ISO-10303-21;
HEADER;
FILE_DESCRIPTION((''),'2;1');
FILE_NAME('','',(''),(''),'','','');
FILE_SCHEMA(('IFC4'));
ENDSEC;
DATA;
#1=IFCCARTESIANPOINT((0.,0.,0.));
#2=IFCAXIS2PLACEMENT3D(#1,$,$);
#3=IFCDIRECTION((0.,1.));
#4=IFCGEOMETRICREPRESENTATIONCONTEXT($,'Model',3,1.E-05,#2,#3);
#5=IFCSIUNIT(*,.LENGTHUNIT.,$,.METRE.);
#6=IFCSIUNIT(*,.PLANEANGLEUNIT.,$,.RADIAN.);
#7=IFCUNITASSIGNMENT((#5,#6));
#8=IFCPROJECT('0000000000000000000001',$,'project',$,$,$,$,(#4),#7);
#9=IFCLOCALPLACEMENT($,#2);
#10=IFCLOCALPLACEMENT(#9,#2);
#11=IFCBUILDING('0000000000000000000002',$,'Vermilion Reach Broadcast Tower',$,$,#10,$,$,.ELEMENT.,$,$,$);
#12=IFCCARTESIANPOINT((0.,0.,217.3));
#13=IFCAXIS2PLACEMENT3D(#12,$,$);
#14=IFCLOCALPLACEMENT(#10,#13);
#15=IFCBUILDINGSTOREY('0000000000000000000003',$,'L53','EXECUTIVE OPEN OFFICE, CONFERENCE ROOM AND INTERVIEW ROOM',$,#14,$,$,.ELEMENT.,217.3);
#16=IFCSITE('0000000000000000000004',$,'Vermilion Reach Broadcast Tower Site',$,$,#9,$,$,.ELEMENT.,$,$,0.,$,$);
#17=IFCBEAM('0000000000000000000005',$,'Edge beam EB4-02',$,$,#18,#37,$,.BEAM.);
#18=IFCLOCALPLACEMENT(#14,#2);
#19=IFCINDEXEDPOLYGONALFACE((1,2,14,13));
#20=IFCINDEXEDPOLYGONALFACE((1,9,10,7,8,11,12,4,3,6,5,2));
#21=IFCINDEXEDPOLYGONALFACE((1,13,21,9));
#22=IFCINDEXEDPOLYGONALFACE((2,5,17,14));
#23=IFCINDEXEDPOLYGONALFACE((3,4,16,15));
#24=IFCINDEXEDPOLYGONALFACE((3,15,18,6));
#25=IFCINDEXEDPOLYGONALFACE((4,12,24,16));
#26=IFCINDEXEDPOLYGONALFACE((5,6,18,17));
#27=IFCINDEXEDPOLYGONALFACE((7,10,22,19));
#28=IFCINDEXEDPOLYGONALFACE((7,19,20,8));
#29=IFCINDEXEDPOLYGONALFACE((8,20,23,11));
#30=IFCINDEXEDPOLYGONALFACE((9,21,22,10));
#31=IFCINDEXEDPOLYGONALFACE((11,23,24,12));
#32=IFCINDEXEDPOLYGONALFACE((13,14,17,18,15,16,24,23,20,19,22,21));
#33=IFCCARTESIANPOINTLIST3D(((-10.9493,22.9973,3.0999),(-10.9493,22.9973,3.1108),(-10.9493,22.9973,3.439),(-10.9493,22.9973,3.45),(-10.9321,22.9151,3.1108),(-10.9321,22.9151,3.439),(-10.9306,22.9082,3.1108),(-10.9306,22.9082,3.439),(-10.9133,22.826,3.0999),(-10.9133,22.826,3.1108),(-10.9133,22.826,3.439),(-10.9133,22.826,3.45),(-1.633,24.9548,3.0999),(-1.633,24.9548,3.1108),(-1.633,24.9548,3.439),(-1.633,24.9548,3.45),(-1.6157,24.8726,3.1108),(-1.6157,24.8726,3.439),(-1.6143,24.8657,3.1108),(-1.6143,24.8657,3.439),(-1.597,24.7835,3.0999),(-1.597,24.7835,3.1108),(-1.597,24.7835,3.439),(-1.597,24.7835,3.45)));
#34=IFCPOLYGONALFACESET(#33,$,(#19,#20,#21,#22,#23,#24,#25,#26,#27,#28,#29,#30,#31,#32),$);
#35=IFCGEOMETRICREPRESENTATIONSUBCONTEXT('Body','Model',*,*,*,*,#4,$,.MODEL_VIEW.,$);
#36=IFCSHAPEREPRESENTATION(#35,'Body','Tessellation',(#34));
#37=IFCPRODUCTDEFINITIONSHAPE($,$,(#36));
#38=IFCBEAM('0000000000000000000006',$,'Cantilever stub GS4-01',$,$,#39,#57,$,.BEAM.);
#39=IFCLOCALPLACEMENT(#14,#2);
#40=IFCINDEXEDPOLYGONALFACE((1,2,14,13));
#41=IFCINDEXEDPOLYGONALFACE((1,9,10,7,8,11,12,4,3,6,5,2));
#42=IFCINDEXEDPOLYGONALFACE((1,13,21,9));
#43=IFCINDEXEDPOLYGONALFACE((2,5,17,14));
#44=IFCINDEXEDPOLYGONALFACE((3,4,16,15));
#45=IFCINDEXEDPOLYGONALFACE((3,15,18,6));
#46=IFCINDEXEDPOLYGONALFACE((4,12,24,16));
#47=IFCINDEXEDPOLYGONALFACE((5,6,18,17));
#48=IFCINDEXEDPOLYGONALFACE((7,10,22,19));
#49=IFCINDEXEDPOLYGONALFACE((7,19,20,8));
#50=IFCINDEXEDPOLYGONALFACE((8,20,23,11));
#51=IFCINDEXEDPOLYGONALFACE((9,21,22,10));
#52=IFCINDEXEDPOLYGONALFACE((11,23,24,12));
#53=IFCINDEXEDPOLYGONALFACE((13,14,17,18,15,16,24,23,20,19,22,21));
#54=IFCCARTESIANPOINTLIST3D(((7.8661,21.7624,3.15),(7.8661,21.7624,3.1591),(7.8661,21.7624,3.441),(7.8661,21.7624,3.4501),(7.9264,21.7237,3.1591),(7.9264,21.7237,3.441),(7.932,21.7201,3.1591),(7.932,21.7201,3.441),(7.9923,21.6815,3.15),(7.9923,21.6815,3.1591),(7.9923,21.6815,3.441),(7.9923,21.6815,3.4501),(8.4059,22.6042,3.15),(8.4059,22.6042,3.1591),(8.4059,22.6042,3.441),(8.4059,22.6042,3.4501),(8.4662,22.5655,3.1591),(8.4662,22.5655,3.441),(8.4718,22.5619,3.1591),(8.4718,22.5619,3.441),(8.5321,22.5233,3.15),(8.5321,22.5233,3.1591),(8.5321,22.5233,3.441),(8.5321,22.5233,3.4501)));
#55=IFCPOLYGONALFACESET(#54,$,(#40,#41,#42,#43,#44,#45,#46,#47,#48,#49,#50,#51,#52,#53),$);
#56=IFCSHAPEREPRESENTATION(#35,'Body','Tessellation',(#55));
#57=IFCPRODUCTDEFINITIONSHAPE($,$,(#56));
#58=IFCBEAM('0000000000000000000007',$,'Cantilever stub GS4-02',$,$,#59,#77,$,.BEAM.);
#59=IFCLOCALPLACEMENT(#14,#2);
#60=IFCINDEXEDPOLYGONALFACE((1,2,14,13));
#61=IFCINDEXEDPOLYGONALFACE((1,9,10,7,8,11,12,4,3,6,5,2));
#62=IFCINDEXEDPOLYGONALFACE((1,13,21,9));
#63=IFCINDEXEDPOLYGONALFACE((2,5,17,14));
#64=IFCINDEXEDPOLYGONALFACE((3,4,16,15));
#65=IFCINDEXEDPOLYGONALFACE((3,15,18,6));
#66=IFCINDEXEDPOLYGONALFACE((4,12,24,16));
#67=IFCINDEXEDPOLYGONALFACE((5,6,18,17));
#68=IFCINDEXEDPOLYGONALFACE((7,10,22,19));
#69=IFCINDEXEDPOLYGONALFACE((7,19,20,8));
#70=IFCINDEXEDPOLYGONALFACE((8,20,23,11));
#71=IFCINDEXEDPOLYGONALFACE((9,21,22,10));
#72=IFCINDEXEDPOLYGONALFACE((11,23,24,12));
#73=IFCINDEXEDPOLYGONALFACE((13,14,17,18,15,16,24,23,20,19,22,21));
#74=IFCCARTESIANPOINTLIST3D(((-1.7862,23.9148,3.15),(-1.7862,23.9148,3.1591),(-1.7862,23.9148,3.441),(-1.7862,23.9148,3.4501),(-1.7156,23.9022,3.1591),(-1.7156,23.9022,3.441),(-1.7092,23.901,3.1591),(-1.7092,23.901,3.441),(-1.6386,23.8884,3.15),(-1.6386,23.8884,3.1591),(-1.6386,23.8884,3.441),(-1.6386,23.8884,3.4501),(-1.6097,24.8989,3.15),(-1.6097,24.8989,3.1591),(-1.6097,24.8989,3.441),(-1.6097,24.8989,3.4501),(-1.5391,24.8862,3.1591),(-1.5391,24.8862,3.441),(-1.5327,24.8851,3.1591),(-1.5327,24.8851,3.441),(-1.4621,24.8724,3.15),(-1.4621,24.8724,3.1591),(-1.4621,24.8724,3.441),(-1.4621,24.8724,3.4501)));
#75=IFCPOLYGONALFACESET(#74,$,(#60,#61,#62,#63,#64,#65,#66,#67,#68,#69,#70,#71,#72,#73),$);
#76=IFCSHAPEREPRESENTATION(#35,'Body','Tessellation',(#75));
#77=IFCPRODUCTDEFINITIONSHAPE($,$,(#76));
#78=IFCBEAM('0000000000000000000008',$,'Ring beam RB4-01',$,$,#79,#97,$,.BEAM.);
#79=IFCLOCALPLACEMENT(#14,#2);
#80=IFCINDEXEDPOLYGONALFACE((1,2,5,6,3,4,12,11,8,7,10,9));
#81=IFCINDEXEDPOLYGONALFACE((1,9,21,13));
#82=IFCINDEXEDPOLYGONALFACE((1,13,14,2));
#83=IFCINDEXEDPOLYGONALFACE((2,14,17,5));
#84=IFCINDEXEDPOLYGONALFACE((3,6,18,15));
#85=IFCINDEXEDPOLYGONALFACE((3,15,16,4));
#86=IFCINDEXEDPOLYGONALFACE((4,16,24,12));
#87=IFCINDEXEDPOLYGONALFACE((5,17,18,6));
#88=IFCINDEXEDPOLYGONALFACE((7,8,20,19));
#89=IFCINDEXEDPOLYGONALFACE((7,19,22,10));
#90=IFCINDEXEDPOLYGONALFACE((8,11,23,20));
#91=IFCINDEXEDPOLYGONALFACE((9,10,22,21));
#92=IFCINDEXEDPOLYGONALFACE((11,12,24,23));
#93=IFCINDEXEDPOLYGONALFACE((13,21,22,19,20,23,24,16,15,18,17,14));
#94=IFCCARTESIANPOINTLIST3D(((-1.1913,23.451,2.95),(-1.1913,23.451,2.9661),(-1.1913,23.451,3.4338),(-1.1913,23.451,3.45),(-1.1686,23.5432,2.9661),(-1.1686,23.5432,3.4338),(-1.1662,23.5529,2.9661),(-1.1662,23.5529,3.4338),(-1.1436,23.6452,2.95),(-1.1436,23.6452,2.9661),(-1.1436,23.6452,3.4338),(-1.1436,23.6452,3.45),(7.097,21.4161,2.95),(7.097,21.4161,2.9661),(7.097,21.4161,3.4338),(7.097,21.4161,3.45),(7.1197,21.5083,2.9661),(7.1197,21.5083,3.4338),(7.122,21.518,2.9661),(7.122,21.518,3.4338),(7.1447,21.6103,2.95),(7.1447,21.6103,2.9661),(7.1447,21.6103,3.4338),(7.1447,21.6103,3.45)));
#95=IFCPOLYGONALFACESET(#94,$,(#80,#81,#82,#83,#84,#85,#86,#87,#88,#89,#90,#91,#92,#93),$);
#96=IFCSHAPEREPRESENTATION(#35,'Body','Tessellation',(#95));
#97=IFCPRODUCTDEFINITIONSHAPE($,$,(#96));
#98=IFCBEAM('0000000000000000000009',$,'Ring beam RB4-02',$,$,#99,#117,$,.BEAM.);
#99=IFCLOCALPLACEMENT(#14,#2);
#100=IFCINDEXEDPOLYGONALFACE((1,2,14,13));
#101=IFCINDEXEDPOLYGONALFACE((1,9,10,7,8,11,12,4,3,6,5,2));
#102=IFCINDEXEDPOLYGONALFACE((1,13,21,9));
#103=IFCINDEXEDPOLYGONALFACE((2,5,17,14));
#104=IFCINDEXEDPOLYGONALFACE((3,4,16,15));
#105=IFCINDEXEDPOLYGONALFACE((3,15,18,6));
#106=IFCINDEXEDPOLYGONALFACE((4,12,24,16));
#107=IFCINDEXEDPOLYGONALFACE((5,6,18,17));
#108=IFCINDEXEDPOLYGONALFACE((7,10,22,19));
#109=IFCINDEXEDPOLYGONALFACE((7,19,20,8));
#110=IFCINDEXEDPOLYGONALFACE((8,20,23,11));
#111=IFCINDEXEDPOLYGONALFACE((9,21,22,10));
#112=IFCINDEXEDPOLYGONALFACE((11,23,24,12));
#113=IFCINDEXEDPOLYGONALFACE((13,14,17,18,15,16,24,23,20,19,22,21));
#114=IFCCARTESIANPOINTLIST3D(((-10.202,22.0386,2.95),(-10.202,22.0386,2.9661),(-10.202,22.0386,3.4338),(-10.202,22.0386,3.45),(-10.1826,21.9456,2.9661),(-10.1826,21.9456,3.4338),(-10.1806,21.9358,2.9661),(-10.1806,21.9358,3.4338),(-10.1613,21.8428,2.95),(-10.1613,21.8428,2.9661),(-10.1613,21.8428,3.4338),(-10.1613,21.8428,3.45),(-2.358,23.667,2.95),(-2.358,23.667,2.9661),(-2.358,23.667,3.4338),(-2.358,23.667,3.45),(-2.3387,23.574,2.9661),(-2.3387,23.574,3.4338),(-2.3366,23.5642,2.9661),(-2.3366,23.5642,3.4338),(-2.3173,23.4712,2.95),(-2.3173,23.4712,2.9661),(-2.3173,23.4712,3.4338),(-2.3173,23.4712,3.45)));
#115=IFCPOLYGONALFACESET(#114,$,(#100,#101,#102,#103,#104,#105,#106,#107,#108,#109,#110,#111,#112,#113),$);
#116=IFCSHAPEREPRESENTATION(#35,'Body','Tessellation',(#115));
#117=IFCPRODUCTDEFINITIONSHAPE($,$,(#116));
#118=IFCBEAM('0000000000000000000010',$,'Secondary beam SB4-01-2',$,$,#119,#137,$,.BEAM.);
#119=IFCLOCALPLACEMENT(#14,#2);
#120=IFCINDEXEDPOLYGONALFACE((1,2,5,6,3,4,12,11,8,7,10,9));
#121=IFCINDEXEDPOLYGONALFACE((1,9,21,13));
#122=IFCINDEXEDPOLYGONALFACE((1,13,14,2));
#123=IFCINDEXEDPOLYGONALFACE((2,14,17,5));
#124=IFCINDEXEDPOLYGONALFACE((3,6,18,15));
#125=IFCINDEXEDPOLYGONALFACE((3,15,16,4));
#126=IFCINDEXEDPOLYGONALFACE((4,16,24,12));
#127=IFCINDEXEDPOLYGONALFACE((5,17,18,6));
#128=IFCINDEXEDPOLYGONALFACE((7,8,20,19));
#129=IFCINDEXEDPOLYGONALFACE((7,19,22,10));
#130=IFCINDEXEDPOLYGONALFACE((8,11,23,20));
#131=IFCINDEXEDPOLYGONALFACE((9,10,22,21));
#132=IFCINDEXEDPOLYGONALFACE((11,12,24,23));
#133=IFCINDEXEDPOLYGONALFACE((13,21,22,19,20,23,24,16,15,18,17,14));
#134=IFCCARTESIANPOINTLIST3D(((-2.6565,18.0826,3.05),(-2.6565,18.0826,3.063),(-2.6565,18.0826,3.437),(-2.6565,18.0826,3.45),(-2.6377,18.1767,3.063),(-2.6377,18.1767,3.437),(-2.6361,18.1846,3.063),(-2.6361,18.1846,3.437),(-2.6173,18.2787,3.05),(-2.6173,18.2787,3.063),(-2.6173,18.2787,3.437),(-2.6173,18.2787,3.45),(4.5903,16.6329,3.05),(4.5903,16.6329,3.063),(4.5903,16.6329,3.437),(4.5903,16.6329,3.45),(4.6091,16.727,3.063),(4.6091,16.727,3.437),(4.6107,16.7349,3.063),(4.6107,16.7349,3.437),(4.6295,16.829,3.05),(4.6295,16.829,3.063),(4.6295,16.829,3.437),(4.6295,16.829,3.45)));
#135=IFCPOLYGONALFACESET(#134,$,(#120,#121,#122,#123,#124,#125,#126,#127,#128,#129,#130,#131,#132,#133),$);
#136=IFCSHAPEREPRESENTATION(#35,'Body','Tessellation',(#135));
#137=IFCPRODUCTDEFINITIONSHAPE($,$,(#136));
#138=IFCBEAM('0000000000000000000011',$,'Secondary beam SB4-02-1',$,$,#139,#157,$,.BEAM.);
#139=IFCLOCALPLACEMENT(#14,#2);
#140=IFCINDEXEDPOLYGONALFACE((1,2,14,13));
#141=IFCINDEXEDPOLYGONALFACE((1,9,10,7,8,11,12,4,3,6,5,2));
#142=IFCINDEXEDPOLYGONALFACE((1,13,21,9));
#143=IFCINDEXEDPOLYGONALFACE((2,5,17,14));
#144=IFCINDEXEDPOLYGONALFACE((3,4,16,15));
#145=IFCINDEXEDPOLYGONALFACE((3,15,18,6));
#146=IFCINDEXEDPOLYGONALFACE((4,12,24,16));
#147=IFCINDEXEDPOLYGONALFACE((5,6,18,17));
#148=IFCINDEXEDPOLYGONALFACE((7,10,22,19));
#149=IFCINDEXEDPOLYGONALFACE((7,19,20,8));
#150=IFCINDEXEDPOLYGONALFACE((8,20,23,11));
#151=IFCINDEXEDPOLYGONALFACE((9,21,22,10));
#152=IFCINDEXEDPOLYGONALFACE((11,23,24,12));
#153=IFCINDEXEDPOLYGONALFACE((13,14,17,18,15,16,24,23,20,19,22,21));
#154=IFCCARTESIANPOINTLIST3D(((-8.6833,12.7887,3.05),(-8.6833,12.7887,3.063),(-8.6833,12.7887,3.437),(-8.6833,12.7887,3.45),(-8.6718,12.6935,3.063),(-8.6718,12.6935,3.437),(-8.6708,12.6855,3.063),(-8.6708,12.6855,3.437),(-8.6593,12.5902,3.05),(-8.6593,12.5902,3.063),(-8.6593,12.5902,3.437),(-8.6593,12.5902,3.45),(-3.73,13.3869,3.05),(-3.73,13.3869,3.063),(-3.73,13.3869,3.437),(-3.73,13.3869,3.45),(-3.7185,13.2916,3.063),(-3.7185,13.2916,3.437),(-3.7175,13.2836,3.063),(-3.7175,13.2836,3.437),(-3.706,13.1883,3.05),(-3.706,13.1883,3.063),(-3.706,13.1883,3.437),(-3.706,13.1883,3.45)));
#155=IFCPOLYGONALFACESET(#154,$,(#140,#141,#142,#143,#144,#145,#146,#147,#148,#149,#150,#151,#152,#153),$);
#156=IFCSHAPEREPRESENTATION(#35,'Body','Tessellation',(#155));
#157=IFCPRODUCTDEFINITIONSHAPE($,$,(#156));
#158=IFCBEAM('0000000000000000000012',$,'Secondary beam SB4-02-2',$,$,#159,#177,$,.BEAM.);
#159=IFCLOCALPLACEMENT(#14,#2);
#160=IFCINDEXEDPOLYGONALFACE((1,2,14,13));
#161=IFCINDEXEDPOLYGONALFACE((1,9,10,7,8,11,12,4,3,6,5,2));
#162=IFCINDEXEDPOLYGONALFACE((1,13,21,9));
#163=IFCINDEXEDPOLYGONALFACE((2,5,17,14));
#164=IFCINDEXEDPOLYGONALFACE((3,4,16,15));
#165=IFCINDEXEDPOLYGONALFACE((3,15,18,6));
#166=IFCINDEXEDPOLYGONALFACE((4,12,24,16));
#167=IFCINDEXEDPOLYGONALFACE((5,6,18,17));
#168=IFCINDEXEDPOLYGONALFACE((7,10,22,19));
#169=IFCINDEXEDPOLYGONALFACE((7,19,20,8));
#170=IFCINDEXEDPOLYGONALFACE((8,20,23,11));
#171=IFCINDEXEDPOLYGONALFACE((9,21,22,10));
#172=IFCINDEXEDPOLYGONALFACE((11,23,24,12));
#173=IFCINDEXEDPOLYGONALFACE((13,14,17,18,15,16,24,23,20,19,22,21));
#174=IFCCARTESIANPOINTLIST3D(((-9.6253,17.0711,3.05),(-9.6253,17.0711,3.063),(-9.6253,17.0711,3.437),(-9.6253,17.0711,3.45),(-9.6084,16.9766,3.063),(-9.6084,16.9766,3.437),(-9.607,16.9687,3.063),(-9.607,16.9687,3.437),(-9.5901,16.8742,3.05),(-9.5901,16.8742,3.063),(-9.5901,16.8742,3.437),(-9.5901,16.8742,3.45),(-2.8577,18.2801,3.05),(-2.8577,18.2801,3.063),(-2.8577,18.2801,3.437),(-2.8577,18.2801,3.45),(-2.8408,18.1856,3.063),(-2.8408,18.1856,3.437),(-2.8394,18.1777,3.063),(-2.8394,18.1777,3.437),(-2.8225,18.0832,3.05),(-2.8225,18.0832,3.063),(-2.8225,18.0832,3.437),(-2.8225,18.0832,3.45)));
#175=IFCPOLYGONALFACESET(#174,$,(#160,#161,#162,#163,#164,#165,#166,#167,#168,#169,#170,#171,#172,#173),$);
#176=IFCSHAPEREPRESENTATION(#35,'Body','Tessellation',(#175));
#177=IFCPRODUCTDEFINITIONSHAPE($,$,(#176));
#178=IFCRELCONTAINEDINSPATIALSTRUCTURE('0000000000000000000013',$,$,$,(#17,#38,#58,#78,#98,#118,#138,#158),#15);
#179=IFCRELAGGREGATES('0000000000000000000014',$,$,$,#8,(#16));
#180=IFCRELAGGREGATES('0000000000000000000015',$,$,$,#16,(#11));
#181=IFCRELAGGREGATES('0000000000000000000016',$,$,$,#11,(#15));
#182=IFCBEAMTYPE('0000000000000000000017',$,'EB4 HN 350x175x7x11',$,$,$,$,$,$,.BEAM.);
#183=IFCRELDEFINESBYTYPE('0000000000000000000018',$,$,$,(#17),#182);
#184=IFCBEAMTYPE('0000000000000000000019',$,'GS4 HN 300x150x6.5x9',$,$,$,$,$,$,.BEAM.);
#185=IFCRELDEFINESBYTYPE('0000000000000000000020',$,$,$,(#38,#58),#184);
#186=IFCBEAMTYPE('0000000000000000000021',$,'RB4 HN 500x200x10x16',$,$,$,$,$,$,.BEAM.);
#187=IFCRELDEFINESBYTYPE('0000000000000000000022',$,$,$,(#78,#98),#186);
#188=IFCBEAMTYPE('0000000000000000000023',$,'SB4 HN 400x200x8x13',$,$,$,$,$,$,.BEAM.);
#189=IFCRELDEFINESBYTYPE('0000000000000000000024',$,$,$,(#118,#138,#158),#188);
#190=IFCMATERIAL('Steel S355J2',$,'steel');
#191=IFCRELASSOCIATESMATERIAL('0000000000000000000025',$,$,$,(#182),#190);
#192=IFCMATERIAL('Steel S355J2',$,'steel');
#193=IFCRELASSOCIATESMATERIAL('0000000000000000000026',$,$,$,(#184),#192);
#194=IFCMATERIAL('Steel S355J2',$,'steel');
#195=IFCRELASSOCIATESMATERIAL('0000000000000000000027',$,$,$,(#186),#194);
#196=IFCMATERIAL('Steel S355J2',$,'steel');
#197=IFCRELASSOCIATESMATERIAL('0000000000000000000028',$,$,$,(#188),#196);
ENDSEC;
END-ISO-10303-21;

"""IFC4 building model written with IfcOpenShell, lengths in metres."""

from ifc_helpers import new_model, si_unit, direction, frame, origin, origin_2d, place, context, subcontext, project, spatial, i_section, extrude, material, material_profile, profile_set, type_object, element, save


model = new_model("IFC4")

# Units and contexts
model_context = context("Model", 3, precision=1e-05, world=origin(), true_north=direction((0.0, 1.0)))
body_context = subcontext(model_context, "Body", "Model", "MODEL_VIEW")
ifc_project = project(units=[si_unit("LENGTHUNIT", "METRE"), si_unit("PLANEANGLEUNIT", "RADIAN")], contexts=[model_context])

# Site, building, storey
site_placement = place(None, origin())
site = spatial("IfcSite", under=ifc_project, at=site_placement, Name="Vermilion Reach Broadcast Tower Site", CompositionType="ELEMENT", RefElevation=0.0)
building_placement = place(site_placement, origin())
building = spatial("IfcBuilding", under=site, at=building_placement, Name="Vermilion Reach Broadcast Tower", CompositionType="ELEMENT")
storey_placement = place(building_placement, frame((0.0, 0.0, 217.3)))
storey = spatial("IfcBuildingStorey", under=building, at=storey_placement, Name="L53", Description="EXECUTIVE OPEN OFFICE, CONFERENCE ROOM AND INTERVIEW ROOM", CompositionType="ELEMENT", Elevation=217.3)

# Beams
ifc_material_1 = material(Name="Steel S355J2", Category="steel")
ifc_material_profile_1 = material_profile(ifc_material_1, i_section(OverallWidth=0.175, OverallDepth=0.3501, WebThickness=0.0071, FlangeThickness=0.011, at=origin_2d()), Name="S355J2 HN 350x175x7x11")
ifc_profile_set_1 = profile_set([ifc_material_profile_1], Name="Steel S355J2")
beam_type_1 = type_object("IfcBeamType", Name="EB4 HN 350x175x7x11", PredefinedType="BEAM", material=ifc_profile_set_1)
beam_1_placement = place(storey_placement, frame((-1.615, 24.8691, 3.2749), z_axis=(-0.978631, -0.205625, 0.0), x_axis=(0.205625, -0.978631, 0.0)))
element("IfcBeam", 1, at=beam_1_placement, inside=storey, type_object=beam_type_1, Name="Edge beam EB4-02", PredefinedType="BEAM", context=body_context, shape_type="SweptSolid", body=[
    extrude(i_section(OverallWidth=0.175, OverallDepth=0.3501, WebThickness=0.0071, FlangeThickness=0.011, at=origin_2d()), origin(), (0.0, 0.0, 1.0), 9.5198),
])
ifc_material_2 = material(Name="Steel S355J2", Category="steel")
ifc_material_profile_2 = material_profile(ifc_material_2, i_section(OverallWidth=0.1499, OverallDepth=0.3, WebThickness=0.0066, FlangeThickness=0.009, at=origin_2d()), Name="S355J2 HN 300x150x6.5x9")
ifc_profile_set_2 = profile_set([ifc_material_profile_2], Name="Steel S355J2")
beam_type_2 = type_object("IfcBeamType", Name="GS4 HN 300x150x6.5x9", PredefinedType="BEAM", material=ifc_profile_set_2)
beam_2_placement = place(storey_placement, frame((7.9292, 21.7219, 3.3), z_axis=(0.539795, 0.841797, 0.0), x_axis=(-0.841797, 0.539795, 0.0)))
element("IfcBeam", 2, at=beam_2_placement, inside=storey, type_object=beam_type_2, Name="Cantilever stub GS4-01", PredefinedType="BEAM", context=body_context, shape_type="SweptSolid", body=[
    extrude(i_section(OverallWidth=0.1499, OverallDepth=0.3, WebThickness=0.0066, FlangeThickness=0.009, at=origin_2d()), origin(), (0.0, 0.0, 1.0), 1.0),
])
beam_3_placement = place(storey_placement, frame((-1.7124, 23.9016, 3.3), z_axis=(0.176543, 0.984293, 0.0), x_axis=(-0.984293, 0.176543, 0.0)))
element("IfcBeam", 3, at=beam_3_placement, inside=storey, type_object=beam_type_2, Name="Cantilever stub GS4-02", PredefinedType="BEAM", context=body_context, shape_type="SweptSolid", body=[
    extrude(i_section(OverallWidth=0.1499, OverallDepth=0.3, WebThickness=0.0066, FlangeThickness=0.009, at=origin_2d()), origin(), (0.0, 0.0, 1.0), 0.9998),
])
ifc_material_3 = material(Name="Steel S355J2", Category="steel")
ifc_material_profile_3 = material_profile(ifc_material_3, i_section(OverallWidth=0.2, OverallDepth=0.5, WebThickness=0.01, FlangeThickness=0.0161, at=origin_2d()), Name="S355J2 HN 500x200x10x16")
ifc_profile_set_3 = profile_set([ifc_material_profile_3], Name="Steel S355J2")
beam_type_3 = type_object("IfcBeamType", Name="RB4 HN 500x200x10x16", PredefinedType="BEAM", material=ifc_profile_set_3)
beam_4_placement = place(storey_placement, frame((7.1208, 21.5132, 3.2), z_axis=(-0.971159, 0.238434, 0.0), x_axis=(-0.238434, -0.971159, 0.0)))
element("IfcBeam", 4, at=beam_4_placement, inside=storey, type_object=beam_type_3, Name="Ring beam RB4-01", PredefinedType="BEAM", context=body_context, shape_type="SweptSolid", body=[
    extrude(i_section(OverallWidth=0.2, OverallDepth=0.5, WebThickness=0.01, FlangeThickness=0.0161, at=origin_2d()), origin(), (0.0, 0.0, 1.0), 8.5344),
])
beam_5_placement = place(storey_placement, frame((-2.3376, 23.5691, 3.2), z_axis=(-0.979123, -0.203267, 0.0), x_axis=(0.203267, -0.979123, 0.0)))
element("IfcBeam", 5, at=beam_5_placement, inside=storey, type_object=beam_type_3, Name="Ring beam RB4-02", PredefinedType="BEAM", context=body_context, shape_type="SweptSolid", body=[
    extrude(i_section(OverallWidth=0.2, OverallDepth=0.5, WebThickness=0.01, FlangeThickness=0.0161, at=origin_2d()), origin(), (0.0, 0.0, 1.0), 8.0112),
])
ifc_material_4 = material(Name="Steel S355J2", Category="steel")
ifc_material_profile_4 = material_profile(ifc_material_4, i_section(OverallWidth=0.2, OverallDepth=0.3999, WebThickness=0.0081, FlangeThickness=0.0129, at=origin_2d()), Name="S355J2 HN 400x200x8x13")
ifc_profile_set_4 = profile_set([ifc_material_profile_4], Name="Steel S355J2")
beam_type_4 = type_object("IfcBeamType", Name="SB4 HN 400x200x8x13", PredefinedType="BEAM", material=ifc_profile_set_4)
beam_6_placement = place(storey_placement, frame((4.6099, 16.731, 3.25), z_axis=(-0.980572, 0.196161, 0.0), x_axis=(-0.196161, -0.980572, 0.0)))
element("IfcBeam", 6, at=beam_6_placement, inside=storey, type_object=beam_type_4, Name="Secondary beam SB4-01-2", PredefinedType="BEAM", context=body_context, shape_type="SweptSolid", body=[
    extrude(i_section(OverallWidth=0.2, OverallDepth=0.3999, WebThickness=0.0081, FlangeThickness=0.0129, at=origin_2d()), origin(), (0.0, 0.0, 1.0), 7.3904),
])
beam_7_placement = place(storey_placement, frame((-3.718, 13.2876, 3.25), z_axis=(-0.992788, -0.119884, 0.0), x_axis=(0.119884, -0.992788, 0.0)))
element("IfcBeam", 7, at=beam_7_placement, inside=storey, type_object=beam_type_4, Name="Secondary beam SB4-02-1", PredefinedType="BEAM", context=body_context, shape_type="SweptSolid", body=[
    extrude(i_section(OverallWidth=0.2, OverallDepth=0.3999, WebThickness=0.0081, FlangeThickness=0.0129, at=origin_2d()), origin(), (0.0, 0.0, 1.0), 4.9893),
])
beam_8_placement = place(storey_placement, frame((-2.8401, 18.1816, 3.25), z_axis=(-0.984415, -0.175859, 0.0), x_axis=(0.175859, -0.984415, 0.0)))
element("IfcBeam", 8, at=beam_8_placement, inside=storey, type_object=beam_type_4, Name="Secondary beam SB4-02-2", PredefinedType="BEAM", context=body_context, shape_type="SweptSolid", body=[
    extrude(i_section(OverallWidth=0.2, OverallDepth=0.3999, WebThickness=0.0081, FlangeThickness=0.0129, at=origin_2d()), origin(), (0.0, 0.0, 1.0), 6.8748),
])

save(model, "model.ifc")
